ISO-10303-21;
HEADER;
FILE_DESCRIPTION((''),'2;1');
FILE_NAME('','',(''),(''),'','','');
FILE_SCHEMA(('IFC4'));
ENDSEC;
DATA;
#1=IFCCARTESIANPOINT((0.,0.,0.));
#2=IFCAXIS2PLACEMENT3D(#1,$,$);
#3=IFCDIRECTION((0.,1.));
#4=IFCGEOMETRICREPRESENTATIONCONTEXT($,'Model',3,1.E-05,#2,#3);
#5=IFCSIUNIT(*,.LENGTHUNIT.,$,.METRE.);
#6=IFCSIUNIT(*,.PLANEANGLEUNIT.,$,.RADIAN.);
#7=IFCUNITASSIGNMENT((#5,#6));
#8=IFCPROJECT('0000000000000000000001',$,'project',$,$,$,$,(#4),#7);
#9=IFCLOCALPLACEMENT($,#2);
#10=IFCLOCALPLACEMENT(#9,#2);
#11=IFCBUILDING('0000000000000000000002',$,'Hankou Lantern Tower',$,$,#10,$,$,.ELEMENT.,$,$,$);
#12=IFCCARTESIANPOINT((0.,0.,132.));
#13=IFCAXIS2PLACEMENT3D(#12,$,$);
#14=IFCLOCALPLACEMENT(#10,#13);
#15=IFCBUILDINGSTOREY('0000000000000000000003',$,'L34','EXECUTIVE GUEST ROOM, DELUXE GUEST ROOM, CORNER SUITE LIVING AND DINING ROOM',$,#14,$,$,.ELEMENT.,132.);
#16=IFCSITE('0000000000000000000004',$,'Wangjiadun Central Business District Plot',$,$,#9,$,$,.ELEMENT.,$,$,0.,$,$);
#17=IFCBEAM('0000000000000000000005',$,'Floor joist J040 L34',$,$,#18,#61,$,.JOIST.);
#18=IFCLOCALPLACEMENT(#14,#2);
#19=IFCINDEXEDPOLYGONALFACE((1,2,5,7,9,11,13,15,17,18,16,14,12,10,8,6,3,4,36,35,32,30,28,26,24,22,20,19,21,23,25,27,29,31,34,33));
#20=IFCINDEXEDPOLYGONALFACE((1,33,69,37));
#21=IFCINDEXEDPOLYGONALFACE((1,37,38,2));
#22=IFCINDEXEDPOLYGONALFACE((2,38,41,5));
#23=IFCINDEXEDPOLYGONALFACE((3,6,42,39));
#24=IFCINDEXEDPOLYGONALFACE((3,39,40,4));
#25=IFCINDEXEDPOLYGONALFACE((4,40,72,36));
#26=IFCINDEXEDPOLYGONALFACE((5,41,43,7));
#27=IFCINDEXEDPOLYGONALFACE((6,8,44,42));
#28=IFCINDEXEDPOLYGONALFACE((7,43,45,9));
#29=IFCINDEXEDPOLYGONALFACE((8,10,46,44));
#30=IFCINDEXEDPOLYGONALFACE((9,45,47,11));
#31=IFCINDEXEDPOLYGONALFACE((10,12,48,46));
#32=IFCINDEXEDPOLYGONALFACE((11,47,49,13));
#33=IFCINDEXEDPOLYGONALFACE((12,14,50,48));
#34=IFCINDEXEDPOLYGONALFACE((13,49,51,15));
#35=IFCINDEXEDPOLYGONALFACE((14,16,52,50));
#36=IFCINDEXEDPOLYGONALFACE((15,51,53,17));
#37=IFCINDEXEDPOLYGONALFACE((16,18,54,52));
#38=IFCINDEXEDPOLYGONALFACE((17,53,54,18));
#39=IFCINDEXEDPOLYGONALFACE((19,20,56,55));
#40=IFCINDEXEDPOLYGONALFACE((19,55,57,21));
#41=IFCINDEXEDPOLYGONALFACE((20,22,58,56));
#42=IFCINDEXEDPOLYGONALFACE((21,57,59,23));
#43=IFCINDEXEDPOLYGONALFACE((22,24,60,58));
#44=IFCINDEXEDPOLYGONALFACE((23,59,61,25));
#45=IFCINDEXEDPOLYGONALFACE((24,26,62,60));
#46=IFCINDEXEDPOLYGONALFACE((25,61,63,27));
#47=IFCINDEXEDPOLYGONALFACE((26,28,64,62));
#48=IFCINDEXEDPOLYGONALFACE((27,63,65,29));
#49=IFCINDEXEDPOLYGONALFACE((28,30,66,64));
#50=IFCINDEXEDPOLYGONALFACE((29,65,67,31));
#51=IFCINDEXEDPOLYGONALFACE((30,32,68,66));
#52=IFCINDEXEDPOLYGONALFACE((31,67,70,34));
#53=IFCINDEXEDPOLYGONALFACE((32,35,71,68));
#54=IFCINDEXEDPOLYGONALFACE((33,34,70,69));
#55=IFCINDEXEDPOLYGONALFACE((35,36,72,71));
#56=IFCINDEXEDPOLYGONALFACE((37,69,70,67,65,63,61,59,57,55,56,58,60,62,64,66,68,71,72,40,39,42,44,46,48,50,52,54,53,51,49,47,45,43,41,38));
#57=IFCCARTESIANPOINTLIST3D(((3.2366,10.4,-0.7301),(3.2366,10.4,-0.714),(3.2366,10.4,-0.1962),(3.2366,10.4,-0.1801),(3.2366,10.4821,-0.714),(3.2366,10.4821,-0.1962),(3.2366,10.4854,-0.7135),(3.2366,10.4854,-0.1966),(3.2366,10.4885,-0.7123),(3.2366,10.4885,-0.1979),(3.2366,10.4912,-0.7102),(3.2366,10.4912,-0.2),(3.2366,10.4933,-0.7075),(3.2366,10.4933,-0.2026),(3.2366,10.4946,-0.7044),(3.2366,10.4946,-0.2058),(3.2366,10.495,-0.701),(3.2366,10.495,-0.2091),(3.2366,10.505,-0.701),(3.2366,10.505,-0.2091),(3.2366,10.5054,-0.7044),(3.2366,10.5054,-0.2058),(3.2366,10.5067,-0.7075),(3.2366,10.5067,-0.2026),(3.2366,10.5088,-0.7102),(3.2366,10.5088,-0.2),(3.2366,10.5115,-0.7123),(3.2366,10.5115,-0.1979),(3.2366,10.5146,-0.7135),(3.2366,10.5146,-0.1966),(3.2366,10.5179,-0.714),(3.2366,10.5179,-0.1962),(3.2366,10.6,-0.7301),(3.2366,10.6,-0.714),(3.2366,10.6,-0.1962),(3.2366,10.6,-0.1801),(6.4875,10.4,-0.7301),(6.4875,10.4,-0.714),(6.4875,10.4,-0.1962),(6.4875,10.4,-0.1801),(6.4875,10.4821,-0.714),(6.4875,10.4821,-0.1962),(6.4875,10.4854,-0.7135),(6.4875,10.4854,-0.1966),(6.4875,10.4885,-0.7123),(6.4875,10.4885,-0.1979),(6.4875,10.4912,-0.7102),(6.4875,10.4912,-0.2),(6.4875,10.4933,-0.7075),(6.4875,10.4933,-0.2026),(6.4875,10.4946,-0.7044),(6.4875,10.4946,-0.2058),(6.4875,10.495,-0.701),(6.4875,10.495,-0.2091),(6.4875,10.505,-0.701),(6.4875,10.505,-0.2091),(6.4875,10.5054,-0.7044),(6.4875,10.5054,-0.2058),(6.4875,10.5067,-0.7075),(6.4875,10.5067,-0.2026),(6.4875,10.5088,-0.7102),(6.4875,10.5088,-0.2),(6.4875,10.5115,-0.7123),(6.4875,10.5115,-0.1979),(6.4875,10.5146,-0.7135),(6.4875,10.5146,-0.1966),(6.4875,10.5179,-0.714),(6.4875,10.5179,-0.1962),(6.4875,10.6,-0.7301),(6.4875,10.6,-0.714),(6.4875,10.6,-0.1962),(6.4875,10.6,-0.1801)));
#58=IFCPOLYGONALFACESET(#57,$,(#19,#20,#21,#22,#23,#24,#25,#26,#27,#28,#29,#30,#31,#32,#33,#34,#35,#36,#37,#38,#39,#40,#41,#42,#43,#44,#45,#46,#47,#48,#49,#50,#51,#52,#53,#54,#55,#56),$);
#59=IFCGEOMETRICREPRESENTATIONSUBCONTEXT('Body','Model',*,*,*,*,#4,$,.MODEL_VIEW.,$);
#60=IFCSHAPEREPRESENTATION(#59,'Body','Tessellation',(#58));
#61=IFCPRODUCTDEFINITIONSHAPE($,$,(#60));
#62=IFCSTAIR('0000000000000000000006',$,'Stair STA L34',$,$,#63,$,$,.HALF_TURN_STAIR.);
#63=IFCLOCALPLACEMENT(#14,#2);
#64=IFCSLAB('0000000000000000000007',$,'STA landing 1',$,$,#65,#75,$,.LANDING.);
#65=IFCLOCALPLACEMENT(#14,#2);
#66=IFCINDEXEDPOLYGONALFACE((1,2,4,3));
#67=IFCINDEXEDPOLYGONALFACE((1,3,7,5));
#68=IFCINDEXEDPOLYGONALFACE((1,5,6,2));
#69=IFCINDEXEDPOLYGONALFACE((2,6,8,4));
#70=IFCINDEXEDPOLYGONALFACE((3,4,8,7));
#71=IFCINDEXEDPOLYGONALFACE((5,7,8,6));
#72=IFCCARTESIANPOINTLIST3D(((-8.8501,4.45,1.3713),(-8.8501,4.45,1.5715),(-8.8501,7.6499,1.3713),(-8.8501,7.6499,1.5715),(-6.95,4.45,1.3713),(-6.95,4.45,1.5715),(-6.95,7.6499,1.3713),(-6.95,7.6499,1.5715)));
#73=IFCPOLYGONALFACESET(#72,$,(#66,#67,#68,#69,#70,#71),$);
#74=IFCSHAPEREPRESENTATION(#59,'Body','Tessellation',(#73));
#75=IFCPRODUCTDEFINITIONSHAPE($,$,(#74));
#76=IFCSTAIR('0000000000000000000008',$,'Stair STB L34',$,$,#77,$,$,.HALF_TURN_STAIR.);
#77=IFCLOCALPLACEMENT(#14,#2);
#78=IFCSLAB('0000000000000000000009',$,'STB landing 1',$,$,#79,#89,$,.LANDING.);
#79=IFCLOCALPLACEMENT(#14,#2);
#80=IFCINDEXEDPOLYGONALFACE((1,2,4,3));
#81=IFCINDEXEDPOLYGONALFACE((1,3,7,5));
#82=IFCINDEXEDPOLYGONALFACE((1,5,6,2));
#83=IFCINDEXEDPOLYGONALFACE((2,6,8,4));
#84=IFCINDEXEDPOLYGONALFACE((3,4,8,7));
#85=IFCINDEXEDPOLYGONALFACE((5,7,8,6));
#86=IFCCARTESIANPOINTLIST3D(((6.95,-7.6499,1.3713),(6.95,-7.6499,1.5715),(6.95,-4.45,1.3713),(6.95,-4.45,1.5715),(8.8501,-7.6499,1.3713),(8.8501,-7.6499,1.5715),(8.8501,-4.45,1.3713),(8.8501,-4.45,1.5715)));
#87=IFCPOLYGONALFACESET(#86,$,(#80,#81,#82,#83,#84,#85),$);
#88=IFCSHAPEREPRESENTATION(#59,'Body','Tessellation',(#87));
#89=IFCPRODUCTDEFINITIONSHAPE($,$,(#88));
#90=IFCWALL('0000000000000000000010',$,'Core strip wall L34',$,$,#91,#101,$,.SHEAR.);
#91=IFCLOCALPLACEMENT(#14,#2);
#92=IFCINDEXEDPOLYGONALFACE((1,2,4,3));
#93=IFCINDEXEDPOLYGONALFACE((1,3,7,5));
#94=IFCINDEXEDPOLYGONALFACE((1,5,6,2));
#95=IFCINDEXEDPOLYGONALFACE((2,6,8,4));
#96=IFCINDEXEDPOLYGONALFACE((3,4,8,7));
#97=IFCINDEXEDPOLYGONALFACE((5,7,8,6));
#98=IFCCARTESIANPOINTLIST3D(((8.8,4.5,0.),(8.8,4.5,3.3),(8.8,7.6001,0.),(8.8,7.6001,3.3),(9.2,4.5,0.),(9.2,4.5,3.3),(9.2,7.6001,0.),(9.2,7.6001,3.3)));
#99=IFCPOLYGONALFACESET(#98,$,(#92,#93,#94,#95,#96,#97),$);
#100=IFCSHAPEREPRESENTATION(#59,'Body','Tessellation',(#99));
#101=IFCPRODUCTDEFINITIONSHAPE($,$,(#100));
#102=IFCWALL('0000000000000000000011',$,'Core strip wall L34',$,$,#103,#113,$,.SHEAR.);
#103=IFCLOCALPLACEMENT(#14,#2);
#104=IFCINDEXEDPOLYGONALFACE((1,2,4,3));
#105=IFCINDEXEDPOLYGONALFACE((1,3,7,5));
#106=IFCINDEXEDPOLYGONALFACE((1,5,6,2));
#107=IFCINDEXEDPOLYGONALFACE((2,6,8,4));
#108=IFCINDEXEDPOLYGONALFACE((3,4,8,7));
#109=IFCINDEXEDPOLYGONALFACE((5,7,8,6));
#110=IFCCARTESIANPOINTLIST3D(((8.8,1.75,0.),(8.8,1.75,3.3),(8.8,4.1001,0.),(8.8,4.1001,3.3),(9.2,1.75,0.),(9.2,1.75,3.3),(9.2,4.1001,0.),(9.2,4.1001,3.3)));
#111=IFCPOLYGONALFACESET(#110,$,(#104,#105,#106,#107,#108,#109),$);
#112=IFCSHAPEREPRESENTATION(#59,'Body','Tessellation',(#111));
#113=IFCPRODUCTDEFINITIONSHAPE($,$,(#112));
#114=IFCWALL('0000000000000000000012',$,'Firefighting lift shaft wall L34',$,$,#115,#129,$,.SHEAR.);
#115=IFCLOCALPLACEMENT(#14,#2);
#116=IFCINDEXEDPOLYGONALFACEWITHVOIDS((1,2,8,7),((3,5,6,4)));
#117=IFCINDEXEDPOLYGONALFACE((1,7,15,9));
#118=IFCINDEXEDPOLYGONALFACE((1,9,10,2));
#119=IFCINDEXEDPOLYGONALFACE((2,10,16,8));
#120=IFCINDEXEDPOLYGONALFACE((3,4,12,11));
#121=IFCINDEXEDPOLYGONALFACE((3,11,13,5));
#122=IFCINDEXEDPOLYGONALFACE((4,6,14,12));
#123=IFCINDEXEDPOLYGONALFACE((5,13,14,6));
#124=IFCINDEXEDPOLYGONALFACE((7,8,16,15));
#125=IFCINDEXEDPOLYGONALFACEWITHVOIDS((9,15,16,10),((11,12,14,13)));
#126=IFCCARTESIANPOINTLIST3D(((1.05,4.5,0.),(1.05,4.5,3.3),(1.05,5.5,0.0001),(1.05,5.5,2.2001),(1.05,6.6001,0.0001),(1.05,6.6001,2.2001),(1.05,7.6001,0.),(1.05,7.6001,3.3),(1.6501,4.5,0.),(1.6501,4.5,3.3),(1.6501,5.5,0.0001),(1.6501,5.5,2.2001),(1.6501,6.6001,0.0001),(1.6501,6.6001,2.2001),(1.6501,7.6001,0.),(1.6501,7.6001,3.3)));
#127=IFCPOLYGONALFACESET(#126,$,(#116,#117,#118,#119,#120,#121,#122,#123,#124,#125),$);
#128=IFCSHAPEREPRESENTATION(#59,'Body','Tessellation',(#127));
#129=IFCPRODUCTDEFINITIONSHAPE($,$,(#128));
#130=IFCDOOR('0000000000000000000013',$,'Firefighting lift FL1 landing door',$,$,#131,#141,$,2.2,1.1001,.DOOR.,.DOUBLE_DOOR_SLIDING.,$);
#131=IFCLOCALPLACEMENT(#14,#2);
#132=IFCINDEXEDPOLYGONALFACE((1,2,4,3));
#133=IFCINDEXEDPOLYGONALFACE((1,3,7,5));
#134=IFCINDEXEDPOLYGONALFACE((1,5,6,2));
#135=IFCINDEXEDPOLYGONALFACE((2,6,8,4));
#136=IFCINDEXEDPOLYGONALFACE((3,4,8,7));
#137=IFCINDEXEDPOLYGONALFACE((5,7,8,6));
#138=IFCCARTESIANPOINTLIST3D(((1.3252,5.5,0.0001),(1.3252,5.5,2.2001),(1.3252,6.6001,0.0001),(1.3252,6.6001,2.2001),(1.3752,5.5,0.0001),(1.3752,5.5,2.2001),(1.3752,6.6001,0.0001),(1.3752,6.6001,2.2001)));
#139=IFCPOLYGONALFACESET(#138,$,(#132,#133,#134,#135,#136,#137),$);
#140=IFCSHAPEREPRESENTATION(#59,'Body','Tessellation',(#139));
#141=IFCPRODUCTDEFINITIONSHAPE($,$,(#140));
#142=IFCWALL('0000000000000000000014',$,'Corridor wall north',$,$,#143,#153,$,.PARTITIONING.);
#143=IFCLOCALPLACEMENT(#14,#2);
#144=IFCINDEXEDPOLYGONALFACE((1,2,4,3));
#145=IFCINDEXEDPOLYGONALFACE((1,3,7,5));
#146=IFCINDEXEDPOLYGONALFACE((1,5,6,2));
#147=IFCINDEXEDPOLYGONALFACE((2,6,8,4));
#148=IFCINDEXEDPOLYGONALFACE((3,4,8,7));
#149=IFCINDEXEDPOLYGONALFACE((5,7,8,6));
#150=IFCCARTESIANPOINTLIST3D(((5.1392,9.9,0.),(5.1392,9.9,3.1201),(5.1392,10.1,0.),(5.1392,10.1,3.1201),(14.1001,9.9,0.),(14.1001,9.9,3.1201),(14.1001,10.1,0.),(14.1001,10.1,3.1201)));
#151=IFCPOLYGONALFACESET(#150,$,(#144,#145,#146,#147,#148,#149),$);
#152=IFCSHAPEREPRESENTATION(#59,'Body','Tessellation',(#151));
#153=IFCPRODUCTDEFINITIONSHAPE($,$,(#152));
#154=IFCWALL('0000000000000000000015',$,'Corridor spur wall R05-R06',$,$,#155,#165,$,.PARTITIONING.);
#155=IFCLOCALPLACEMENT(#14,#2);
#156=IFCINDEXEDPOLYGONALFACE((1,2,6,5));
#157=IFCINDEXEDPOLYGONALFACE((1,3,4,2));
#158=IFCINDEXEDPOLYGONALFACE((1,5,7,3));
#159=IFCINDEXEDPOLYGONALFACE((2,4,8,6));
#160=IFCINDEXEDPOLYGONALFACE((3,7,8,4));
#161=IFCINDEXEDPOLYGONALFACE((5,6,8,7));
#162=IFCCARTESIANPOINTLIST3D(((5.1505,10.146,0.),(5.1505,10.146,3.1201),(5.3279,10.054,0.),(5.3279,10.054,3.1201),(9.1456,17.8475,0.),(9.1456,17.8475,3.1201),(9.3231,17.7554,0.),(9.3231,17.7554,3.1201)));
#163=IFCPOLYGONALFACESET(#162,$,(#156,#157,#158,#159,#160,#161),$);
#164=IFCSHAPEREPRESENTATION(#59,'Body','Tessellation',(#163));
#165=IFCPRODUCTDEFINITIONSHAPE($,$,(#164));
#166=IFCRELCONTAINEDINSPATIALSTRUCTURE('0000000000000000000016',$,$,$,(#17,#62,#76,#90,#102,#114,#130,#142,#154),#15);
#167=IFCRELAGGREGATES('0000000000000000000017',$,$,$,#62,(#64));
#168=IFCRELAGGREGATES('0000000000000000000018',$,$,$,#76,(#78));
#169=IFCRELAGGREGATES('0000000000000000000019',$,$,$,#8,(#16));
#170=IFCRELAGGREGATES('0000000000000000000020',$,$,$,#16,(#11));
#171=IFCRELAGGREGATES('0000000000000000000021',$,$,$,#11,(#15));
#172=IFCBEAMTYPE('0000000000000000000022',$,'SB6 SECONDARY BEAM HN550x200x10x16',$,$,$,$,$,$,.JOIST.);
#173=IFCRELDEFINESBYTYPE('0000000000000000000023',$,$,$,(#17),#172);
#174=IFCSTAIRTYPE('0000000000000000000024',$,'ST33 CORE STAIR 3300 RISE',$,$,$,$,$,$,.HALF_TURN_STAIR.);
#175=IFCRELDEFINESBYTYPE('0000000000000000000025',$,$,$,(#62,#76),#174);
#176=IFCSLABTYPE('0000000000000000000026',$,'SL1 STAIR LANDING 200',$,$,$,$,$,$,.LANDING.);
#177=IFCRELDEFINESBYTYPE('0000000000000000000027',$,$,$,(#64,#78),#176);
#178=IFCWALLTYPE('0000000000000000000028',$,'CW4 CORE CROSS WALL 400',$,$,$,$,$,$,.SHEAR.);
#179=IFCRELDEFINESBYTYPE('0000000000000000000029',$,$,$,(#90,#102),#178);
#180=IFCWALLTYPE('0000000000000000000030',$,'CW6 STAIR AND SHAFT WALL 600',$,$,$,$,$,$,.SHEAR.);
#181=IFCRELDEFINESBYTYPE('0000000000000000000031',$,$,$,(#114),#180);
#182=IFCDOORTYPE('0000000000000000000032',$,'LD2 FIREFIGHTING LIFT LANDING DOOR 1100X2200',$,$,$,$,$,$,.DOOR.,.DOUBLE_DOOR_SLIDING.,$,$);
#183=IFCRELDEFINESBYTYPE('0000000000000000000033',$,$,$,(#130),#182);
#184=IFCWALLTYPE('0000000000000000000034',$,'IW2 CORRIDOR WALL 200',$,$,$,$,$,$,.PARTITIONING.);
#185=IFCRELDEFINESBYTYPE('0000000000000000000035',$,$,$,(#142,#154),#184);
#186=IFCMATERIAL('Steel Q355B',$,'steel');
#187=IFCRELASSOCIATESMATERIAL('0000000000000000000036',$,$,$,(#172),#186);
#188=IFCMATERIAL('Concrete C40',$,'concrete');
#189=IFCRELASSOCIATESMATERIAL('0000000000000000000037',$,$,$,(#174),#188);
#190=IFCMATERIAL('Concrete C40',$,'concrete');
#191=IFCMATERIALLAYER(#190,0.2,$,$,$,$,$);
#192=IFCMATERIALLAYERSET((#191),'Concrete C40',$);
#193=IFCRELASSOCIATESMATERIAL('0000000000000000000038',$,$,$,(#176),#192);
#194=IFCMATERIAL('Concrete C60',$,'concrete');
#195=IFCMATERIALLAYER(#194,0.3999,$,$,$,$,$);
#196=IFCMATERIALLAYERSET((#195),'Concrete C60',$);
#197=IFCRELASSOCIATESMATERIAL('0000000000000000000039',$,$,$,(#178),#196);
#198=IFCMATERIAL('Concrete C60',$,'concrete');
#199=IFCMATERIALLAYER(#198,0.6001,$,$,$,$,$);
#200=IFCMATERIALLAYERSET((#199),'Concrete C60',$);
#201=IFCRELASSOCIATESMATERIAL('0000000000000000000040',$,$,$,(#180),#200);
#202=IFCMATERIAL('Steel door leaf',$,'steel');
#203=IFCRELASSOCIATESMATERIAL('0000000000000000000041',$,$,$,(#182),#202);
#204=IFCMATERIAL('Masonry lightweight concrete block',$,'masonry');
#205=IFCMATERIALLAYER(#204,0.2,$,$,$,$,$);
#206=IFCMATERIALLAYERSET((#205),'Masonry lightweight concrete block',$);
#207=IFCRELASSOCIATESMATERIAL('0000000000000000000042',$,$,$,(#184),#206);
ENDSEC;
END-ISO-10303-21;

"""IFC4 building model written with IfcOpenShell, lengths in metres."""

from ifc_helpers import new_model, si_unit, direction, frame, frame_2d, origin, origin_2d, place, context, subcontext, project, spatial, polyline, rectangle, i_section, outline, extrude, material, layer, layer_set, material_profile, profile_set, type_object, element, fill, aggregate, save


model = new_model("IFC4")

# Units and contexts
model_context = context("Model", 3, precision=1e-05, world=origin(), true_north=direction((0.0, 1.0)))
body_context = subcontext(model_context, "Body", "Model", "MODEL_VIEW")
ifc_project = project(units=[si_unit("LENGTHUNIT", "METRE"), si_unit("PLANEANGLEUNIT", "RADIAN")], contexts=[model_context])

# Site, building, storey
site_placement = place(None, origin())
site = spatial("IfcSite", under=ifc_project, at=site_placement, Name="Wangjiadun Central Business District Plot", CompositionType="ELEMENT", RefElevation=0.0)
building_placement = place(site_placement, origin())
building = spatial("IfcBuilding", under=site, at=building_placement, Name="Hankou Lantern Tower", CompositionType="ELEMENT")
storey_placement = place(building_placement, frame((0.0, 0.0, 132.0)))
storey = spatial("IfcBuildingStorey", under=building, at=storey_placement, Name="L34", Description="EXECUTIVE GUEST ROOM, DELUXE GUEST ROOM, CORNER SUITE LIVING AND DINING ROOM", CompositionType="ELEMENT", Elevation=132.0)

# Beam
ifc_material_1 = material(Name="Steel Q355B", Category="steel")
ifc_material_profile_1 = material_profile(ifc_material_1, i_section(OverallWidth=0.2, OverallDepth=0.55, WebThickness=0.01, FlangeThickness=0.0161, FilletRadius=0.0129, at=origin_2d()), Name="HN550x200x10x16")
ifc_profile_set_1 = profile_set([ifc_material_profile_1], Name="Steel Q355B")
beam_type_1 = type_object("IfcBeamType", Name="SB6 SECONDARY BEAM HN550x200x10x16", PredefinedType="JOIST", material=ifc_profile_set_1)
beam_1_placement = place(storey_placement, frame((3.2366, 10.5, -0.4551), z_axis=(1.0, 0.0, 0.0), x_axis=(0.0, 1.0, 0.0)))
element("IfcBeam", 1, at=beam_1_placement, inside=storey, type_object=beam_type_1, Name="Floor joist J040 L34", PredefinedType="JOIST", context=body_context, shape_type="SweptSolid", body=[
    extrude(i_section(OverallWidth=0.2, OverallDepth=0.55, WebThickness=0.01, FlangeThickness=0.0161, FilletRadius=0.0129, at=origin_2d()), origin(), (0.0, 0.0, 1.0), 3.251),
])

# Stairs, slabs
ifc_material_2 = material(Name="Concrete C40", Category="concrete")
stair_type = type_object("IfcStairType", Name="ST33 CORE STAIR 3300 RISE", PredefinedType="HALF_TURN_STAIR", material=ifc_material_2)
stair_1_placement = place(storey_placement, origin())
stair_1 = element("IfcStair", 2, at=stair_1_placement, inside=storey, type_object=stair_type, Name="Stair STA L34", PredefinedType="HALF_TURN_STAIR")
ifc_material_3 = material(Name="Concrete C40", Category="concrete")
ifc_layer_1 = layer(ifc_material_3, 0.2)
ifc_layer_set_1 = layer_set([ifc_layer_1], Name="Concrete C40")
slab_type = type_object("IfcSlabType", Name="SL1 STAIR LANDING 200", PredefinedType="LANDING", material=ifc_layer_set_1)
slab_1_placement = place(storey_placement, frame((0.0, 0.0, 1.3713)))
slab_1 = element("IfcSlab", 3, at=slab_1_placement, type_object=slab_type, Name="STA landing 1", PredefinedType="LANDING", context=body_context, shape_type="SweptSolid", body=[
    extrude(outline(polyline([(-8.8501, 4.45), (-6.95, 4.45), (-6.95, 7.6499), (-8.8501, 7.6499), (-8.8501, 4.45)])), origin(), (0.0, 0.0, 1.0), 0.2002),
])
aggregate(stair_1, [slab_1])
stair_2_placement = place(storey_placement, origin())
stair_2 = element("IfcStair", 4, at=stair_2_placement, inside=storey, type_object=stair_type, Name="Stair STB L34", PredefinedType="HALF_TURN_STAIR")
slab_2_placement = place(storey_placement, frame((0.0, 0.0, 1.3713)))
slab_2 = element("IfcSlab", 5, at=slab_2_placement, type_object=slab_type, Name="STB landing 1", PredefinedType="LANDING", context=body_context, shape_type="SweptSolid", body=[
    extrude(outline(polyline([(8.8501, -4.45), (6.95, -4.45), (6.95, -7.6499), (8.8501, -7.6499), (8.8501, -4.45)])), origin(), (0.0, 0.0, 1.0), 0.2002),
])
aggregate(stair_2, [slab_2])

# Walls
ifc_material_4 = material(Name="Concrete C60", Category="concrete")
ifc_layer_2 = layer(ifc_material_4, 0.3999)
ifc_layer_set_2 = layer_set([ifc_layer_2], Name="Concrete C60")
wall_type_1 = type_object("IfcWallType", Name="CW4 CORE CROSS WALL 400", PredefinedType="SHEAR", material=ifc_layer_set_2)
wall_1_placement = place(storey_placement, frame((9.0, 4.5, 0.0), z_axis=(0.0, 0.0, 1.0), x_axis=(0.0, 1.0, 0.0)))
element("IfcWall", 6, at=wall_1_placement, inside=storey, type_object=wall_type_1, Name="Core strip wall L34", PredefinedType="SHEAR", context=body_context, shape_type="SweptSolid", body=[
    extrude(rectangle(XDim=3.1001, YDim=0.3999, at=frame_2d((1.55, 0.0))), origin(), (0.0, 0.0, 1.0), 3.3),
])
wall_2_placement = place(storey_placement, frame((9.0, 1.75, 0.0), z_axis=(0.0, 0.0, 1.0), x_axis=(0.0, 1.0, 0.0)))
element("IfcWall", 7, at=wall_2_placement, inside=storey, type_object=wall_type_1, Name="Core strip wall L34", PredefinedType="SHEAR", context=body_context, shape_type="SweptSolid", body=[
    extrude(rectangle(XDim=2.3501, YDim=0.3999, at=frame_2d((1.175, 0.0))), origin(), (0.0, 0.0, 1.0), 3.3),
])

# Wall, opening, door
ifc_material_5 = material(Name="Concrete C60", Category="concrete")
ifc_layer_3 = layer(ifc_material_5, 0.6001)
ifc_layer_set_3 = layer_set([ifc_layer_3], Name="Concrete C60")
wall_type_2 = type_object("IfcWallType", Name="CW6 STAIR AND SHAFT WALL 600", PredefinedType="SHEAR", material=ifc_layer_set_3)
wall_3_placement = place(storey_placement, frame((1.3501, 4.5, 0.0), z_axis=(0.0, 0.0, 1.0), x_axis=(0.0, 1.0, 0.0)))
wall_3 = element("IfcWall", 8, at=wall_3_placement, inside=storey, type_object=wall_type_2, Name="Firefighting lift shaft wall L34", PredefinedType="SHEAR", context=body_context, shape_type="SweptSolid", body=[
    extrude(rectangle(XDim=3.1001, YDim=0.6001, at=frame_2d((1.55, 0.0))), origin(), (0.0, 0.0, 1.0), 3.3),
])
opening_1_placement = place(wall_3_placement, frame((1.0, 0.0, 0.0)))
opening_1 = element("IfcOpeningElement", 9, at=opening_1_placement, cuts=wall_3, PredefinedType="OPENING", context=body_context, shape_type="SweptSolid", body=[
    extrude(rectangle(XDim=1.1001, YDim=2.2, at=frame_2d((0.55, 1.1001))), frame((0.0, 0.3101, 0.0), z_axis=(0.0, -1.0, 0.0), x_axis=(1.0, 0.0, 0.0)), (0.0, 0.0, 1.0), 0.6201),
])
ifc_material_6 = material(Name="Steel door leaf", Category="steel")
door_type_1 = type_object("IfcDoorType", Name="LD2 FIREFIGHTING LIFT LANDING DOOR 1100X2200", OperationType="DOUBLE_DOOR_SLIDING", PredefinedType="DOOR", material=ifc_material_6)
door_1_placement = place(opening_1_placement, origin())
door_1 = element("IfcDoor", 10, at=door_1_placement, inside=storey, type_object=door_type_1, Name="Firefighting lift FL1 landing door", OperationType="DOUBLE_DOOR_SLIDING", OverallHeight=2.2, OverallWidth=1.1001, PredefinedType="DOOR", context=body_context, shape_type="SweptSolid", body=[
    extrude(rectangle(XDim=1.1001, YDim=2.2, at=frame_2d((0.55, 1.1001))), frame((0.0, 0.0249, 0.0), z_axis=(0.0, -1.0, 0.0), x_axis=(1.0, 0.0, 0.0)), (0.0, 0.0, 1.0), 0.05),
])
fill(opening_1, door_1)

# Walls
ifc_material_7 = material(Name="Masonry lightweight concrete block", Category="masonry")
ifc_layer_4 = layer(ifc_material_7, 0.2)
ifc_layer_set_4 = layer_set([ifc_layer_4], Name="Masonry lightweight concrete block")
wall_type_3 = type_object("IfcWallType", Name="IW2 CORRIDOR WALL 200", PredefinedType="PARTITIONING", material=ifc_layer_set_4)
wall_4_placement = place(storey_placement, frame((5.1392, 10.0, 0.0), z_axis=(0.0, 0.0, 1.0), x_axis=(1.0, 0.0, 0.0)))
element("IfcWall", 11, at=wall_4_placement, inside=storey, type_object=wall_type_3, Name="Corridor wall north", PredefinedType="PARTITIONING", context=body_context, shape_type="SweptSolid", body=[
    extrude(rectangle(XDim=8.9609, YDim=0.2, at=frame_2d((4.4805, 0.0))), origin(), (0.0, 0.0, 1.0), 3.1201),
])
wall_5_placement = place(storey_placement, frame((5.2393, 10.1001, 0.0), z_axis=(0.0, 0.0, 1.0), x_axis=(0.46048, 0.88767, 0.0)))
element("IfcWall", 12, at=wall_5_placement, inside=storey, type_object=wall_type_3, Name="Corridor spur wall R05-R06", PredefinedType="PARTITIONING", context=body_context, shape_type="SweptSolid", body=[
    extrude(rectangle(XDim=8.676, YDim=0.2, at=frame_2d((4.3379, 0.0))), origin(), (0.0, 0.0, 1.0), 3.1201),
])

save(model, "model.ifc")
